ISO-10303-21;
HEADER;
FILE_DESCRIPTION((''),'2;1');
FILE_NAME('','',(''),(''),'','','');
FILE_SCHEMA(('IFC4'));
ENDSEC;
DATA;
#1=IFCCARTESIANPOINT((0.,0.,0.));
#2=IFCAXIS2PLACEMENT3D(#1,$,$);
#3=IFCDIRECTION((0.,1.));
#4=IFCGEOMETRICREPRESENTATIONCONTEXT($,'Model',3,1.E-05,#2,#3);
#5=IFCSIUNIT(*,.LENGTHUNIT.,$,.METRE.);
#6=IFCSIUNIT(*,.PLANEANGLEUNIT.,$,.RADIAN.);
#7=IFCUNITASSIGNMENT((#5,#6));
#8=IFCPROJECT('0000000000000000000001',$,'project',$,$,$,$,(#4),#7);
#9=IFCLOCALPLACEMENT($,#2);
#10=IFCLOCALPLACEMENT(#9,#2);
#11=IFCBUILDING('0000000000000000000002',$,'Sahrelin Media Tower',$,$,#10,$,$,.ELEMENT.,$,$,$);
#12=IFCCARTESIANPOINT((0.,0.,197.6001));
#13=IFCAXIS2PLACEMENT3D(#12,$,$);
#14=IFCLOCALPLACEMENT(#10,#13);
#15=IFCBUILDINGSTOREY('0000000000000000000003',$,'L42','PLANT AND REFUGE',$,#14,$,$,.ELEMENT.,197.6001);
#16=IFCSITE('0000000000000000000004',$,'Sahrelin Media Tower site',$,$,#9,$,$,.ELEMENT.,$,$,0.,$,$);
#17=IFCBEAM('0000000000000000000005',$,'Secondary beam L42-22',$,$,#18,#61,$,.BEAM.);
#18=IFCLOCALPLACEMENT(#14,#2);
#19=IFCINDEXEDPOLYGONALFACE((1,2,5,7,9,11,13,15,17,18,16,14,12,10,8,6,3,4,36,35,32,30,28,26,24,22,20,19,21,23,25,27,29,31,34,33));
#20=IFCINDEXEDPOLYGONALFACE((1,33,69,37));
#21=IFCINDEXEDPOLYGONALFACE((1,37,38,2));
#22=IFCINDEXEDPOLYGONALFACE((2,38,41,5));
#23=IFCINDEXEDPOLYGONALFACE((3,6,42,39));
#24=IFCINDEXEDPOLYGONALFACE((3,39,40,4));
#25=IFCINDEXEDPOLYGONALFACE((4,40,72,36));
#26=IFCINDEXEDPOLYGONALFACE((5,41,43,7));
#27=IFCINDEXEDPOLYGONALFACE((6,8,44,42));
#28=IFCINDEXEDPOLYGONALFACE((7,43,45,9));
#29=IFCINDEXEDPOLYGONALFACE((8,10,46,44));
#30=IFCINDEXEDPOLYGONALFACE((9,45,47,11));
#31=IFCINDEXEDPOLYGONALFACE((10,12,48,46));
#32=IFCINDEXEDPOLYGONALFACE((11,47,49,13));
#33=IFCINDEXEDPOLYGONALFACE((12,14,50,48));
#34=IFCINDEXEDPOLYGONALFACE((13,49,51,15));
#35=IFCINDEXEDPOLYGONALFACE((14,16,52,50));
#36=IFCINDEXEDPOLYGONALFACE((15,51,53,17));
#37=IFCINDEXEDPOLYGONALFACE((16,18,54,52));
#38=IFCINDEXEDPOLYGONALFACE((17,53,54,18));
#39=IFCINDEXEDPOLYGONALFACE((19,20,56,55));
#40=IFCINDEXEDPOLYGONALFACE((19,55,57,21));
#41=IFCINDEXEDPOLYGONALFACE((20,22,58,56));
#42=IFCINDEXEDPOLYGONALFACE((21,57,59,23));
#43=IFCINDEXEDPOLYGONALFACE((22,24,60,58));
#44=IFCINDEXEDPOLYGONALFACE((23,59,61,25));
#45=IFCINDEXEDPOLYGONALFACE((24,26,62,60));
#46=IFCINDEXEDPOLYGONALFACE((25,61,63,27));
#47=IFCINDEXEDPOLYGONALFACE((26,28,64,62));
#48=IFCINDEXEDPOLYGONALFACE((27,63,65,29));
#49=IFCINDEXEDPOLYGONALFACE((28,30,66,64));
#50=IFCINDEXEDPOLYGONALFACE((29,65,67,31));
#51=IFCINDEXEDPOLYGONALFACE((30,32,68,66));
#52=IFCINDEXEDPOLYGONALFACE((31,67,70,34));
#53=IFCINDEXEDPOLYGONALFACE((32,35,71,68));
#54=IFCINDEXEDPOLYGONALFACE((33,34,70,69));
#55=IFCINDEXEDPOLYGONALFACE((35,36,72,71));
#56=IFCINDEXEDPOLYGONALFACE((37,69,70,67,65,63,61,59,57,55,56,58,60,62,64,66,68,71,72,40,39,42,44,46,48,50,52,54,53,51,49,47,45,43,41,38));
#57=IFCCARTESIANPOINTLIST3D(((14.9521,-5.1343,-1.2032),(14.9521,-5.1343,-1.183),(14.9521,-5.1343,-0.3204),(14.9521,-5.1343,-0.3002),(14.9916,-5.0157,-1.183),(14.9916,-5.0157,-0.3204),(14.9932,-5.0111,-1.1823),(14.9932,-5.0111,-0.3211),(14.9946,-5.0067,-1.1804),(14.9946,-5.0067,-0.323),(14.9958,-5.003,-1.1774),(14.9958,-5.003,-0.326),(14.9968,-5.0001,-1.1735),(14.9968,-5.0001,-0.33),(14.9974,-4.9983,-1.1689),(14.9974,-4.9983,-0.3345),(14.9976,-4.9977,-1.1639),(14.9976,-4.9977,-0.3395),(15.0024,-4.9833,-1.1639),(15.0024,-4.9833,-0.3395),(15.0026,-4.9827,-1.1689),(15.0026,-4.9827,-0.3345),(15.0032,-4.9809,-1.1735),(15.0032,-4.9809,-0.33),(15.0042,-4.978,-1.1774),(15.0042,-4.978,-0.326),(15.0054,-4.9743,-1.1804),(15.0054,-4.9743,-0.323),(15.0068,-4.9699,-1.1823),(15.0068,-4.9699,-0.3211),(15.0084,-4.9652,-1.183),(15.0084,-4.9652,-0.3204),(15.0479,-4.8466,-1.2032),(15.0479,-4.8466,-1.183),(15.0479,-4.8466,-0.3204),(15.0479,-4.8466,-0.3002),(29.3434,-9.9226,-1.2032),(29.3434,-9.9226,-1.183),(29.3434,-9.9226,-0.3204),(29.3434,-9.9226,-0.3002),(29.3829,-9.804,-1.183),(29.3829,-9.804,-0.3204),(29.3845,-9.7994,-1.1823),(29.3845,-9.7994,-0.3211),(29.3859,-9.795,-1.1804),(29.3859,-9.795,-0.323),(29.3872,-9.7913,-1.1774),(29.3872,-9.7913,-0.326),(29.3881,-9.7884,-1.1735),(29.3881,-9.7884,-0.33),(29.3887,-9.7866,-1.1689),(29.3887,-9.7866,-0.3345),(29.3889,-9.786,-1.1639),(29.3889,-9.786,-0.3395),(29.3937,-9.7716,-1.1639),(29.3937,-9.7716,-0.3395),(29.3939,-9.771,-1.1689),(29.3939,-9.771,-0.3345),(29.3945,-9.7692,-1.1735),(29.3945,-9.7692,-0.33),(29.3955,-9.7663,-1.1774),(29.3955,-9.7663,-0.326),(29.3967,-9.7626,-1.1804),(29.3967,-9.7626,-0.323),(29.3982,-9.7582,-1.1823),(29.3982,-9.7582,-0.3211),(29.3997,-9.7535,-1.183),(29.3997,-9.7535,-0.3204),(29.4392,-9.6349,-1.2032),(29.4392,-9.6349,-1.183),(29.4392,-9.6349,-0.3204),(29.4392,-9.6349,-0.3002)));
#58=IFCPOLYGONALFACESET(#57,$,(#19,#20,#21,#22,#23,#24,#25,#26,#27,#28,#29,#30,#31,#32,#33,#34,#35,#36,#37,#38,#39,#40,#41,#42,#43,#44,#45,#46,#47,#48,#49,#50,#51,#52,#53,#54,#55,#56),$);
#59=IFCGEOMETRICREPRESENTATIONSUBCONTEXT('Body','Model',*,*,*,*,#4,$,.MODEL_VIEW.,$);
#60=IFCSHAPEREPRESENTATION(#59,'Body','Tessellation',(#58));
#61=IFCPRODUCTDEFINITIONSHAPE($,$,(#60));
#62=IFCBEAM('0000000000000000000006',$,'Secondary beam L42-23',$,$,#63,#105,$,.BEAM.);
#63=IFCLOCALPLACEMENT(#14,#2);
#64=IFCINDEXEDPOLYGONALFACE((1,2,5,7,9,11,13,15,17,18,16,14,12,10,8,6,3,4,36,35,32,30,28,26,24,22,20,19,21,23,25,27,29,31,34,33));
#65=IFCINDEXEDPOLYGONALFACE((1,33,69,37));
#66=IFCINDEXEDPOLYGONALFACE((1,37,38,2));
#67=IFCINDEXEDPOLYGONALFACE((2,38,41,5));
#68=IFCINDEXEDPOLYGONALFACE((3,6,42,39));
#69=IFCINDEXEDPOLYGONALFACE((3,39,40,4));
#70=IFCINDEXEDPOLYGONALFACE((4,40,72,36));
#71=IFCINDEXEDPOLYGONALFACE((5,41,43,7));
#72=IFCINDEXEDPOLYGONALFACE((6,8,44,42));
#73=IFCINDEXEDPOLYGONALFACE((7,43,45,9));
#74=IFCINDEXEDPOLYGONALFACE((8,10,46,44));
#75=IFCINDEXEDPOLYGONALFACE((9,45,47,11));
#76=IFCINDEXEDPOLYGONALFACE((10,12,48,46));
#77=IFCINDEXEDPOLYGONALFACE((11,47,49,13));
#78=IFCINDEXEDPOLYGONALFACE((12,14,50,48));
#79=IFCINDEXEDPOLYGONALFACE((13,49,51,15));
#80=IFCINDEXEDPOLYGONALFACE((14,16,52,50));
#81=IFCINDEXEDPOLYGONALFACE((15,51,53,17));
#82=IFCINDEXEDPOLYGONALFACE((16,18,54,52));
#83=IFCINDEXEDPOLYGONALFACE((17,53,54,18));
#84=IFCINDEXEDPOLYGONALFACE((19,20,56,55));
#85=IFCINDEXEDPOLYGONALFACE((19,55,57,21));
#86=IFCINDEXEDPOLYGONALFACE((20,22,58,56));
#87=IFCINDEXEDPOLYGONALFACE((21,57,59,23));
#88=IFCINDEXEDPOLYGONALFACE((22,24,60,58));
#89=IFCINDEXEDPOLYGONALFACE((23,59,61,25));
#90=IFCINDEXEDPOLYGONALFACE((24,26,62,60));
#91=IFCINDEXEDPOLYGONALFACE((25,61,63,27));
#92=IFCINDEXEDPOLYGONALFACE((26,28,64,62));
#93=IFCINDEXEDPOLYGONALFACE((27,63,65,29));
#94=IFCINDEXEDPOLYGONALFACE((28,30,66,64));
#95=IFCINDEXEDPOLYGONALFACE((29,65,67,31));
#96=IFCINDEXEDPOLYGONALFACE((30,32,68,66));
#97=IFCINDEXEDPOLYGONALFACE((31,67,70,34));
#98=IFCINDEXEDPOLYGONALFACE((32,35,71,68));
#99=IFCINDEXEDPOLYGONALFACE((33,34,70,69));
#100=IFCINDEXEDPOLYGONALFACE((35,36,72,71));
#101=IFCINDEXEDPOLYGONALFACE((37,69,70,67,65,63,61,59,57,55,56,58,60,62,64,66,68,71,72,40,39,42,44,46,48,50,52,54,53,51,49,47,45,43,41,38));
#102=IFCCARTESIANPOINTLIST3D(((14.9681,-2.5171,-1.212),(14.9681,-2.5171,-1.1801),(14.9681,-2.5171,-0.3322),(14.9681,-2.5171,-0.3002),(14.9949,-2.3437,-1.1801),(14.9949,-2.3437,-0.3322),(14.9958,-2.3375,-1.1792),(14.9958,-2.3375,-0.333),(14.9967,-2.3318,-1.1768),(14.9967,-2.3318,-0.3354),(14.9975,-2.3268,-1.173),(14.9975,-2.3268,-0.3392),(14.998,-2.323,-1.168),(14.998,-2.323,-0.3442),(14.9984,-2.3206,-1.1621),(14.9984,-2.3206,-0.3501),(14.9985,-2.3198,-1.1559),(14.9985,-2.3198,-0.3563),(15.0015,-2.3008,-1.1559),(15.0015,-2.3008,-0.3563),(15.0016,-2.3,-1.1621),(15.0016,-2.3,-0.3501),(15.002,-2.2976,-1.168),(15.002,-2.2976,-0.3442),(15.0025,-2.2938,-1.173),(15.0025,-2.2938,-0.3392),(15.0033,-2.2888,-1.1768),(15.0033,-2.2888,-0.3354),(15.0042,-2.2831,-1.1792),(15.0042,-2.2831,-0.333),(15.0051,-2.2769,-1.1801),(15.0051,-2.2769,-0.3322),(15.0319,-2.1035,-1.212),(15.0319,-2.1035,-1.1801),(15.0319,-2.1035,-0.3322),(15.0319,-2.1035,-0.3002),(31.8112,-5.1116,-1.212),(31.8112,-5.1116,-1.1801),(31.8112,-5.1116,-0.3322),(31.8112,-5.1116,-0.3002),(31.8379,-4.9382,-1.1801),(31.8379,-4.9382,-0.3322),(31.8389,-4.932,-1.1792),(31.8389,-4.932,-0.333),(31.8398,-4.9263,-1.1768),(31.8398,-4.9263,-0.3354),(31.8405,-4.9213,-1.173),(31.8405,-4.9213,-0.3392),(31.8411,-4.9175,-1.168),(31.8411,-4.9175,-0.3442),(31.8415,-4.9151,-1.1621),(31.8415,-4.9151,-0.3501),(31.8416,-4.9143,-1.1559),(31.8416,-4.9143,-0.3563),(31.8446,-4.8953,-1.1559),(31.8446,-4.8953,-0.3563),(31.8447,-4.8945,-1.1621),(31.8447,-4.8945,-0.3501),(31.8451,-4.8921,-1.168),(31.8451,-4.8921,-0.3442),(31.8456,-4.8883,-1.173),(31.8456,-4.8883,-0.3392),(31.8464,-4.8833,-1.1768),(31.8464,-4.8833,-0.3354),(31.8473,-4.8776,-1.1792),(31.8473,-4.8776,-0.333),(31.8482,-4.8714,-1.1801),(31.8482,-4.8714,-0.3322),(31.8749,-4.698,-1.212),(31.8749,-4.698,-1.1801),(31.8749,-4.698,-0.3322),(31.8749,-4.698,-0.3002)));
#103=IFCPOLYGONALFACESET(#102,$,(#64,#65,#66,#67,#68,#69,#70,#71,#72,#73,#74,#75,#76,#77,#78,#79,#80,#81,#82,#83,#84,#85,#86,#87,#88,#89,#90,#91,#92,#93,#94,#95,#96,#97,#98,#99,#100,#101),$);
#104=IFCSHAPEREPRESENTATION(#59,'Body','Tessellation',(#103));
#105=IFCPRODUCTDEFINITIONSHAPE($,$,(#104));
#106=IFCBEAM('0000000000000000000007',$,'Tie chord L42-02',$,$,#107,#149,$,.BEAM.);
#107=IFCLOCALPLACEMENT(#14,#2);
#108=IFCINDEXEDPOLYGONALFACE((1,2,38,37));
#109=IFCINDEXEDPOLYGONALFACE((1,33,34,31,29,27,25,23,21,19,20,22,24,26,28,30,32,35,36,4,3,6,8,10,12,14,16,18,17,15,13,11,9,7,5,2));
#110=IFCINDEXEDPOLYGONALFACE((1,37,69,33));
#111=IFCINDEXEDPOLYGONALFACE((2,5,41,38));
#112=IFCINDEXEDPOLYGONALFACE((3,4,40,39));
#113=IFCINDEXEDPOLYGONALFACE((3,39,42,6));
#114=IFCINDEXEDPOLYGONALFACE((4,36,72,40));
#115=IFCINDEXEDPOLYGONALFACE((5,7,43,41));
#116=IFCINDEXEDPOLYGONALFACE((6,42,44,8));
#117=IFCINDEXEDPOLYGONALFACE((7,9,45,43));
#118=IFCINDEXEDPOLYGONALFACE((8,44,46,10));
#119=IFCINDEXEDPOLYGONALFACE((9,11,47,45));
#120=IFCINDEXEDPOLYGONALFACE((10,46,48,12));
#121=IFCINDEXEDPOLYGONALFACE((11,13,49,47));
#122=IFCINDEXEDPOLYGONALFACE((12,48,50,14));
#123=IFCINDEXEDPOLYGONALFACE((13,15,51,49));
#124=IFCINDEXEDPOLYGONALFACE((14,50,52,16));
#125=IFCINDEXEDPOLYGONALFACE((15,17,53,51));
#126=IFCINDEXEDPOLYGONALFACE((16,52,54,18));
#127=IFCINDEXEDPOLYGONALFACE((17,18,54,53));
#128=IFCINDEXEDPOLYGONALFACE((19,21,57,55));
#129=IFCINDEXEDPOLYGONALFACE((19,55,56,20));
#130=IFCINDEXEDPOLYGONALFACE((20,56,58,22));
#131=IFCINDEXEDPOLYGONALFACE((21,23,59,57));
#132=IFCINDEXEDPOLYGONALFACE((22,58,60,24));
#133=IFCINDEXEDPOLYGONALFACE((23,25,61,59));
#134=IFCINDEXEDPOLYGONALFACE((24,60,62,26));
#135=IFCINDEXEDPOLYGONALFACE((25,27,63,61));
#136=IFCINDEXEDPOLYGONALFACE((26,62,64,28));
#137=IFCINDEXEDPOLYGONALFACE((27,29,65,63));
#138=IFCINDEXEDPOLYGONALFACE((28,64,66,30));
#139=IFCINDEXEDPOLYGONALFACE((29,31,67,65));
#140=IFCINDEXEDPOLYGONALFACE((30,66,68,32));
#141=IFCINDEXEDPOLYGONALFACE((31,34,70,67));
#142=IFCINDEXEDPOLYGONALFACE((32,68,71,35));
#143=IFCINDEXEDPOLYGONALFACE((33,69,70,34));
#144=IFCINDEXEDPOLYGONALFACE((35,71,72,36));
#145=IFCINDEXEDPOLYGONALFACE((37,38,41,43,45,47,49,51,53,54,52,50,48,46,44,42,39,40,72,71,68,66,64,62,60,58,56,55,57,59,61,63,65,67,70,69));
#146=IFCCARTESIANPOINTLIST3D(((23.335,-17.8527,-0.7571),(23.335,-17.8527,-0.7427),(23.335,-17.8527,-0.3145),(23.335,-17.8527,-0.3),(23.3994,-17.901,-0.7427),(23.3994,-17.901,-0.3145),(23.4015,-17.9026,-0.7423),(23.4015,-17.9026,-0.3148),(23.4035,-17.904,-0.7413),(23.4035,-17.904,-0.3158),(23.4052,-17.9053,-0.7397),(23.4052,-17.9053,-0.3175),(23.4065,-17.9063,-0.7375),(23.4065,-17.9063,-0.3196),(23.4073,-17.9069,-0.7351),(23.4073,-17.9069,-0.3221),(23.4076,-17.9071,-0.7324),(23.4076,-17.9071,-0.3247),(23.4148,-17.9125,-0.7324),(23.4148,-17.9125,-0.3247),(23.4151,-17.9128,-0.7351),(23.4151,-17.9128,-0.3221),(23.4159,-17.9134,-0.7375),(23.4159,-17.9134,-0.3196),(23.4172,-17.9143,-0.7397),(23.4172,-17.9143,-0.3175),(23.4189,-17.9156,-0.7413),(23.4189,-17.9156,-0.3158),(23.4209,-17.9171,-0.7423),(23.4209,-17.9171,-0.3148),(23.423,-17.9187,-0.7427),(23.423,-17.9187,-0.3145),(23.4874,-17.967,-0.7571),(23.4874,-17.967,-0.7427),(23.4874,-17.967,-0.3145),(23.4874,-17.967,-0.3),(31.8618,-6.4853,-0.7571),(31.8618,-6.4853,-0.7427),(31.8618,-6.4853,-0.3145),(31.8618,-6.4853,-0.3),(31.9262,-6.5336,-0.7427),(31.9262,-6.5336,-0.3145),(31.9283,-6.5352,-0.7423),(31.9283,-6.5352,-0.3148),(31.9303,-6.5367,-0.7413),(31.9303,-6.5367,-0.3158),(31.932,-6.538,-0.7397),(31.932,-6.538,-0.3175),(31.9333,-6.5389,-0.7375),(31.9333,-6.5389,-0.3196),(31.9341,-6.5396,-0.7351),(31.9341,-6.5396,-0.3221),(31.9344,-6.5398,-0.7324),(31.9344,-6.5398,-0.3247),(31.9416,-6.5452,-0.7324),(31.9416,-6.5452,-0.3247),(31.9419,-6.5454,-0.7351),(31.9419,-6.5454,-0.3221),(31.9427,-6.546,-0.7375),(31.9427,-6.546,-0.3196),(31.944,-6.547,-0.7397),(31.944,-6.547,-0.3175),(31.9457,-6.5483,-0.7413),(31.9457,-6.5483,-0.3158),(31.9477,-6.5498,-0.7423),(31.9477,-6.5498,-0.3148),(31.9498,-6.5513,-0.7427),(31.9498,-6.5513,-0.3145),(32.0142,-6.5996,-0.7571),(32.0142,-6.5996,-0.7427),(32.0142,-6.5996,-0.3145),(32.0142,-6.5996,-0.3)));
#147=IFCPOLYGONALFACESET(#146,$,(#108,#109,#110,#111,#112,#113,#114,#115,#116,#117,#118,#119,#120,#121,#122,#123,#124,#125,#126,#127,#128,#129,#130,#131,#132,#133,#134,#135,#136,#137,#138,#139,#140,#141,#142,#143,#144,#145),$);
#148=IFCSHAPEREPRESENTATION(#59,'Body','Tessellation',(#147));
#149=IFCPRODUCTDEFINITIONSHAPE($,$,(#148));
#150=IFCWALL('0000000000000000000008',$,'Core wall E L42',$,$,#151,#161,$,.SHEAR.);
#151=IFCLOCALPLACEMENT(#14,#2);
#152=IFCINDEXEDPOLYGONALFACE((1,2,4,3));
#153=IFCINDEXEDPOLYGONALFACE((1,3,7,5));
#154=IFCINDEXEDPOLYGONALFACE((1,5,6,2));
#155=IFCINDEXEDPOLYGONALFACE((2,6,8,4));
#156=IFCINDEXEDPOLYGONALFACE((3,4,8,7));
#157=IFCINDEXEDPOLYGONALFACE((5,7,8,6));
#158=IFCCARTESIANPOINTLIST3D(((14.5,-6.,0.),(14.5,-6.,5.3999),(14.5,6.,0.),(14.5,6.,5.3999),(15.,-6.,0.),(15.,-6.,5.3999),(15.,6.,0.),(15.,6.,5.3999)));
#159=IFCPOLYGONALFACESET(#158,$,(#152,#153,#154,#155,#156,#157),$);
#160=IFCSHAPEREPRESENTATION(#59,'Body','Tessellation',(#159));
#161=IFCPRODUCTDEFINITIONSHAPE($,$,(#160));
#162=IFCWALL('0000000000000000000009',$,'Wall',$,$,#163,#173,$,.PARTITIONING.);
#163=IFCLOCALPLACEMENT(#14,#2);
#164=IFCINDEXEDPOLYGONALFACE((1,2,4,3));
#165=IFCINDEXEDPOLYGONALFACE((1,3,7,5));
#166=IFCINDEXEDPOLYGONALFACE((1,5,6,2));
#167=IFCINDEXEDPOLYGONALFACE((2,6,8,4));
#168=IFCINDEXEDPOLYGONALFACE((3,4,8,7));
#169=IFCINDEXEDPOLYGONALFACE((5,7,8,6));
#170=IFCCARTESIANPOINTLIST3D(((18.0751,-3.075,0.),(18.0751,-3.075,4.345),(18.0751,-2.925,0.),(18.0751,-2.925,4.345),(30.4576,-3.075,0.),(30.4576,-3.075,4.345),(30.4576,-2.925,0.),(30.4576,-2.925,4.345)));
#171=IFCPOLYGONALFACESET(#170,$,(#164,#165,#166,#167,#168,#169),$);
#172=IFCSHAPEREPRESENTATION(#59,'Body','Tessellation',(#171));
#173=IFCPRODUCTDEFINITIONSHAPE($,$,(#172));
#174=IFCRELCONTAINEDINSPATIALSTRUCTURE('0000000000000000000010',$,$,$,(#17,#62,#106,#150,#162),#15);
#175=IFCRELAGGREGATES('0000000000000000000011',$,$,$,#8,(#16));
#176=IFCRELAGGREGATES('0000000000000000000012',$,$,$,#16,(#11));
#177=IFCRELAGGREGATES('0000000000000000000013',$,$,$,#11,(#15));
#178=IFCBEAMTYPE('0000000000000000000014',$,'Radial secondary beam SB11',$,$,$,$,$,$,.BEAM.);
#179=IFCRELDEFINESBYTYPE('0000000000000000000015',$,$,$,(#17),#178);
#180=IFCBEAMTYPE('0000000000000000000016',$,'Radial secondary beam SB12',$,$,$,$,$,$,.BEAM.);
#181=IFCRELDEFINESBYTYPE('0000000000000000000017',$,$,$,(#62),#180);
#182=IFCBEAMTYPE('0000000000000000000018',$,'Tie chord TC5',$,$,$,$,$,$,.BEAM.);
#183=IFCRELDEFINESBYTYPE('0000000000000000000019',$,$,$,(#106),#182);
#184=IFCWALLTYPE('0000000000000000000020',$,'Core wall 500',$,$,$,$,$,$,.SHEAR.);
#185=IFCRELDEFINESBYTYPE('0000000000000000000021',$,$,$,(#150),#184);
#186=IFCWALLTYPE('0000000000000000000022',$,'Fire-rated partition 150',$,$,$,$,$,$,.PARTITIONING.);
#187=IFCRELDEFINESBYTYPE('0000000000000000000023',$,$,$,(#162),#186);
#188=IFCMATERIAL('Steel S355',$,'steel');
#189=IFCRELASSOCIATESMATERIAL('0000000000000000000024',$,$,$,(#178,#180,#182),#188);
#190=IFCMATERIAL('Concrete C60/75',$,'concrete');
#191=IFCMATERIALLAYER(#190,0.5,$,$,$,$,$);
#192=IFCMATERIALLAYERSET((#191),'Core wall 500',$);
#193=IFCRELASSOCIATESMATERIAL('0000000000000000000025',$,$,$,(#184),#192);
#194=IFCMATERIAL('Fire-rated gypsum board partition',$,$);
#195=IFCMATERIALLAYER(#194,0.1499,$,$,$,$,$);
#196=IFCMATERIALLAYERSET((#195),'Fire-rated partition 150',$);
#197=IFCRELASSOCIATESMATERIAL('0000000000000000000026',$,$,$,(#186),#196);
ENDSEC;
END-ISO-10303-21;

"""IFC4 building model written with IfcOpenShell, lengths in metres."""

from ifc_helpers import new_model, si_unit, direction, frame, frame_2d, origin, origin_2d, place, context, subcontext, project, spatial, rectangle, i_section, extrude, material, layer, layer_set, material_profile, profile_set, type_object, element, save


model = new_model("IFC4")

# Units and contexts
model_context = context("Model", 3, precision=1e-05, world=origin(), true_north=direction((0.0, 1.0)))
body_context = subcontext(model_context, "Body", "Model", "MODEL_VIEW")
ifc_project = project(units=[si_unit("LENGTHUNIT", "METRE"), si_unit("PLANEANGLEUNIT", "RADIAN")], contexts=[model_context])

# Site, building, storey
site_placement = place(None, origin())
site = spatial("IfcSite", under=ifc_project, at=site_placement, Name="Sahrelin Media Tower site", CompositionType="ELEMENT", RefElevation=0.0)
building_placement = place(site_placement, origin())
building = spatial("IfcBuilding", under=site, at=building_placement, Name="Sahrelin Media Tower", CompositionType="ELEMENT")
storey_placement = place(building_placement, frame((0.0, 0.0, 197.6001)))
storey = spatial("IfcBuildingStorey", under=building, at=storey_placement, Name="L42", Description="PLANT AND REFUGE", CompositionType="ELEMENT", Elevation=197.6001)

# Beams
ifc_material_1 = material(Name="Steel S355", Category="steel")
ifc_material_profile_1 = material_profile(ifc_material_1, i_section(OverallWidth=0.3032, OverallDepth=0.9031, WebThickness=0.0151, FlangeThickness=0.0203, FilletRadius=0.019, at=origin_2d()), Name="UB 914x305x201")
ifc_profile_set_1 = profile_set([ifc_material_profile_1], Name="Steel S355")
beam_type_1 = type_object("IfcBeamType", Name="Radial secondary beam SB11", PredefinedType="BEAM", material=ifc_profile_set_1)
beam_1_placement = place(storey_placement, frame((15.0, -4.9905, -0.7517), z_axis=(0.948857, -0.315706, 0.0), x_axis=(0.315706, 0.948857, 0.0)))
element("IfcBeam", 1, at=beam_1_placement, inside=storey, type_object=beam_type_1, Name="Secondary beam L42-22", PredefinedType="BEAM", context=body_context, shape_type="SweptSolid", body=[
    extrude(i_section(OverallWidth=0.3032, OverallDepth=0.9031, WebThickness=0.0151, FlangeThickness=0.0203, FilletRadius=0.019, at=origin_2d()), origin(), (0.0, 0.0, 1.0), 15.167),
])
ifc_material_profile_2 = material_profile(ifc_material_1, i_section(OverallWidth=0.4185, OverallDepth=0.9119, WebThickness=0.0193, FlangeThickness=0.032, FilletRadius=0.0242, at=origin_2d()), Name="UB 914x419x343")
ifc_profile_set_2 = profile_set([ifc_material_profile_2], Name="Steel S355")
beam_type_2 = type_object("IfcBeamType", Name="Radial secondary beam SB12", PredefinedType="BEAM", material=ifc_profile_set_2)
beam_2_placement = place(storey_placement, frame((15.0, -2.3103, -0.7561), z_axis=(0.988343, -0.152243, 0.0), x_axis=(0.152243, 0.988343, 0.0)))
element("IfcBeam", 2, at=beam_2_placement, inside=storey, type_object=beam_type_2, Name="Secondary beam L42-23", PredefinedType="BEAM", context=body_context, shape_type="SweptSolid", body=[
    extrude(i_section(OverallWidth=0.4185, OverallDepth=0.9119, WebThickness=0.0193, FlangeThickness=0.032, FilletRadius=0.0242, at=origin_2d()), origin(), (0.0, 0.0, 1.0), 17.0417),
])
ifc_material_profile_3 = material_profile(ifc_material_1, i_section(OverallWidth=0.1904, OverallDepth=0.457, WebThickness=0.009, FlangeThickness=0.0144, FilletRadius=0.0103, at=origin_2d()), Name="UB 457x191x74")
ifc_profile_set_3 = profile_set([ifc_material_profile_3], Name="Steel S355")
beam_type_3 = type_object("IfcBeamType", Name="Tie chord TC5", PredefinedType="BEAM", material=ifc_profile_set_3)
beam_3_placement = place(storey_placement, frame((31.938, -6.5425, -0.5286), z_axis=(-0.600058, -0.799957, 0.0), x_axis=(0.799957, -0.600058, 0.0)))
element("IfcBeam", 3, at=beam_3_placement, inside=storey, type_object=beam_type_3, Name="Tie chord L42-02", PredefinedType="BEAM", context=body_context, shape_type="SweptSolid", body=[
    extrude(i_section(OverallWidth=0.1904, OverallDepth=0.457, WebThickness=0.009, FlangeThickness=0.0144, FilletRadius=0.0103, at=origin_2d()), origin(), (0.0, 0.0, 1.0), 14.21),
])

# Walls
ifc_material_2 = material(Name="Concrete C60/75", Category="concrete")
ifc_layer_1 = layer(ifc_material_2, 0.5)
ifc_layer_set_1 = layer_set([ifc_layer_1], Name="Core wall 500")
wall_type_1 = type_object("IfcWallType", Name="Core wall 500", PredefinedType="SHEAR", material=ifc_layer_set_1)
wall_1_placement = place(storey_placement, frame((14.75, -6.0, 0.0), z_axis=(0.0, 0.0, 1.0), x_axis=(0.0, 1.0, 0.0)))
element("IfcWall", 4, at=wall_1_placement, inside=storey, type_object=wall_type_1, Name="Core wall E L42", PredefinedType="SHEAR", context=body_context, shape_type="SweptSolid", body=[
    extrude(rectangle(XDim=12.0, YDim=0.5, at=frame_2d((6.0, 0.0))), origin(), (0.0, 0.0, 1.0), 5.3999),
])
ifc_material_3 = material(Name="Fire-rated gypsum board partition")
ifc_layer_2 = layer(ifc_material_3, 0.1499)
ifc_layer_set_2 = layer_set([ifc_layer_2], Name="Fire-rated partition 150")
wall_type_2 = type_object("IfcWallType", Name="Fire-rated partition 150", PredefinedType="PARTITIONING", material=ifc_layer_set_2)
wall_2_placement = place(storey_placement, frame((18.075, -3.0, 0.0), z_axis=(0.0, 0.0, 1.0), x_axis=(1.0, 0.0, 0.0)))
element("IfcWall", 5, at=wall_2_placement, inside=storey, type_object=wall_type_2, Name="Wall", PredefinedType="PARTITIONING", context=body_context, shape_type="SweptSolid", body=[
    extrude(rectangle(XDim=12.3826, YDim=0.1499, at=frame_2d((6.1914, 0.0))), origin(), (0.0, 0.0, 1.0), 4.345),
])

save(model, "model.ifc")
